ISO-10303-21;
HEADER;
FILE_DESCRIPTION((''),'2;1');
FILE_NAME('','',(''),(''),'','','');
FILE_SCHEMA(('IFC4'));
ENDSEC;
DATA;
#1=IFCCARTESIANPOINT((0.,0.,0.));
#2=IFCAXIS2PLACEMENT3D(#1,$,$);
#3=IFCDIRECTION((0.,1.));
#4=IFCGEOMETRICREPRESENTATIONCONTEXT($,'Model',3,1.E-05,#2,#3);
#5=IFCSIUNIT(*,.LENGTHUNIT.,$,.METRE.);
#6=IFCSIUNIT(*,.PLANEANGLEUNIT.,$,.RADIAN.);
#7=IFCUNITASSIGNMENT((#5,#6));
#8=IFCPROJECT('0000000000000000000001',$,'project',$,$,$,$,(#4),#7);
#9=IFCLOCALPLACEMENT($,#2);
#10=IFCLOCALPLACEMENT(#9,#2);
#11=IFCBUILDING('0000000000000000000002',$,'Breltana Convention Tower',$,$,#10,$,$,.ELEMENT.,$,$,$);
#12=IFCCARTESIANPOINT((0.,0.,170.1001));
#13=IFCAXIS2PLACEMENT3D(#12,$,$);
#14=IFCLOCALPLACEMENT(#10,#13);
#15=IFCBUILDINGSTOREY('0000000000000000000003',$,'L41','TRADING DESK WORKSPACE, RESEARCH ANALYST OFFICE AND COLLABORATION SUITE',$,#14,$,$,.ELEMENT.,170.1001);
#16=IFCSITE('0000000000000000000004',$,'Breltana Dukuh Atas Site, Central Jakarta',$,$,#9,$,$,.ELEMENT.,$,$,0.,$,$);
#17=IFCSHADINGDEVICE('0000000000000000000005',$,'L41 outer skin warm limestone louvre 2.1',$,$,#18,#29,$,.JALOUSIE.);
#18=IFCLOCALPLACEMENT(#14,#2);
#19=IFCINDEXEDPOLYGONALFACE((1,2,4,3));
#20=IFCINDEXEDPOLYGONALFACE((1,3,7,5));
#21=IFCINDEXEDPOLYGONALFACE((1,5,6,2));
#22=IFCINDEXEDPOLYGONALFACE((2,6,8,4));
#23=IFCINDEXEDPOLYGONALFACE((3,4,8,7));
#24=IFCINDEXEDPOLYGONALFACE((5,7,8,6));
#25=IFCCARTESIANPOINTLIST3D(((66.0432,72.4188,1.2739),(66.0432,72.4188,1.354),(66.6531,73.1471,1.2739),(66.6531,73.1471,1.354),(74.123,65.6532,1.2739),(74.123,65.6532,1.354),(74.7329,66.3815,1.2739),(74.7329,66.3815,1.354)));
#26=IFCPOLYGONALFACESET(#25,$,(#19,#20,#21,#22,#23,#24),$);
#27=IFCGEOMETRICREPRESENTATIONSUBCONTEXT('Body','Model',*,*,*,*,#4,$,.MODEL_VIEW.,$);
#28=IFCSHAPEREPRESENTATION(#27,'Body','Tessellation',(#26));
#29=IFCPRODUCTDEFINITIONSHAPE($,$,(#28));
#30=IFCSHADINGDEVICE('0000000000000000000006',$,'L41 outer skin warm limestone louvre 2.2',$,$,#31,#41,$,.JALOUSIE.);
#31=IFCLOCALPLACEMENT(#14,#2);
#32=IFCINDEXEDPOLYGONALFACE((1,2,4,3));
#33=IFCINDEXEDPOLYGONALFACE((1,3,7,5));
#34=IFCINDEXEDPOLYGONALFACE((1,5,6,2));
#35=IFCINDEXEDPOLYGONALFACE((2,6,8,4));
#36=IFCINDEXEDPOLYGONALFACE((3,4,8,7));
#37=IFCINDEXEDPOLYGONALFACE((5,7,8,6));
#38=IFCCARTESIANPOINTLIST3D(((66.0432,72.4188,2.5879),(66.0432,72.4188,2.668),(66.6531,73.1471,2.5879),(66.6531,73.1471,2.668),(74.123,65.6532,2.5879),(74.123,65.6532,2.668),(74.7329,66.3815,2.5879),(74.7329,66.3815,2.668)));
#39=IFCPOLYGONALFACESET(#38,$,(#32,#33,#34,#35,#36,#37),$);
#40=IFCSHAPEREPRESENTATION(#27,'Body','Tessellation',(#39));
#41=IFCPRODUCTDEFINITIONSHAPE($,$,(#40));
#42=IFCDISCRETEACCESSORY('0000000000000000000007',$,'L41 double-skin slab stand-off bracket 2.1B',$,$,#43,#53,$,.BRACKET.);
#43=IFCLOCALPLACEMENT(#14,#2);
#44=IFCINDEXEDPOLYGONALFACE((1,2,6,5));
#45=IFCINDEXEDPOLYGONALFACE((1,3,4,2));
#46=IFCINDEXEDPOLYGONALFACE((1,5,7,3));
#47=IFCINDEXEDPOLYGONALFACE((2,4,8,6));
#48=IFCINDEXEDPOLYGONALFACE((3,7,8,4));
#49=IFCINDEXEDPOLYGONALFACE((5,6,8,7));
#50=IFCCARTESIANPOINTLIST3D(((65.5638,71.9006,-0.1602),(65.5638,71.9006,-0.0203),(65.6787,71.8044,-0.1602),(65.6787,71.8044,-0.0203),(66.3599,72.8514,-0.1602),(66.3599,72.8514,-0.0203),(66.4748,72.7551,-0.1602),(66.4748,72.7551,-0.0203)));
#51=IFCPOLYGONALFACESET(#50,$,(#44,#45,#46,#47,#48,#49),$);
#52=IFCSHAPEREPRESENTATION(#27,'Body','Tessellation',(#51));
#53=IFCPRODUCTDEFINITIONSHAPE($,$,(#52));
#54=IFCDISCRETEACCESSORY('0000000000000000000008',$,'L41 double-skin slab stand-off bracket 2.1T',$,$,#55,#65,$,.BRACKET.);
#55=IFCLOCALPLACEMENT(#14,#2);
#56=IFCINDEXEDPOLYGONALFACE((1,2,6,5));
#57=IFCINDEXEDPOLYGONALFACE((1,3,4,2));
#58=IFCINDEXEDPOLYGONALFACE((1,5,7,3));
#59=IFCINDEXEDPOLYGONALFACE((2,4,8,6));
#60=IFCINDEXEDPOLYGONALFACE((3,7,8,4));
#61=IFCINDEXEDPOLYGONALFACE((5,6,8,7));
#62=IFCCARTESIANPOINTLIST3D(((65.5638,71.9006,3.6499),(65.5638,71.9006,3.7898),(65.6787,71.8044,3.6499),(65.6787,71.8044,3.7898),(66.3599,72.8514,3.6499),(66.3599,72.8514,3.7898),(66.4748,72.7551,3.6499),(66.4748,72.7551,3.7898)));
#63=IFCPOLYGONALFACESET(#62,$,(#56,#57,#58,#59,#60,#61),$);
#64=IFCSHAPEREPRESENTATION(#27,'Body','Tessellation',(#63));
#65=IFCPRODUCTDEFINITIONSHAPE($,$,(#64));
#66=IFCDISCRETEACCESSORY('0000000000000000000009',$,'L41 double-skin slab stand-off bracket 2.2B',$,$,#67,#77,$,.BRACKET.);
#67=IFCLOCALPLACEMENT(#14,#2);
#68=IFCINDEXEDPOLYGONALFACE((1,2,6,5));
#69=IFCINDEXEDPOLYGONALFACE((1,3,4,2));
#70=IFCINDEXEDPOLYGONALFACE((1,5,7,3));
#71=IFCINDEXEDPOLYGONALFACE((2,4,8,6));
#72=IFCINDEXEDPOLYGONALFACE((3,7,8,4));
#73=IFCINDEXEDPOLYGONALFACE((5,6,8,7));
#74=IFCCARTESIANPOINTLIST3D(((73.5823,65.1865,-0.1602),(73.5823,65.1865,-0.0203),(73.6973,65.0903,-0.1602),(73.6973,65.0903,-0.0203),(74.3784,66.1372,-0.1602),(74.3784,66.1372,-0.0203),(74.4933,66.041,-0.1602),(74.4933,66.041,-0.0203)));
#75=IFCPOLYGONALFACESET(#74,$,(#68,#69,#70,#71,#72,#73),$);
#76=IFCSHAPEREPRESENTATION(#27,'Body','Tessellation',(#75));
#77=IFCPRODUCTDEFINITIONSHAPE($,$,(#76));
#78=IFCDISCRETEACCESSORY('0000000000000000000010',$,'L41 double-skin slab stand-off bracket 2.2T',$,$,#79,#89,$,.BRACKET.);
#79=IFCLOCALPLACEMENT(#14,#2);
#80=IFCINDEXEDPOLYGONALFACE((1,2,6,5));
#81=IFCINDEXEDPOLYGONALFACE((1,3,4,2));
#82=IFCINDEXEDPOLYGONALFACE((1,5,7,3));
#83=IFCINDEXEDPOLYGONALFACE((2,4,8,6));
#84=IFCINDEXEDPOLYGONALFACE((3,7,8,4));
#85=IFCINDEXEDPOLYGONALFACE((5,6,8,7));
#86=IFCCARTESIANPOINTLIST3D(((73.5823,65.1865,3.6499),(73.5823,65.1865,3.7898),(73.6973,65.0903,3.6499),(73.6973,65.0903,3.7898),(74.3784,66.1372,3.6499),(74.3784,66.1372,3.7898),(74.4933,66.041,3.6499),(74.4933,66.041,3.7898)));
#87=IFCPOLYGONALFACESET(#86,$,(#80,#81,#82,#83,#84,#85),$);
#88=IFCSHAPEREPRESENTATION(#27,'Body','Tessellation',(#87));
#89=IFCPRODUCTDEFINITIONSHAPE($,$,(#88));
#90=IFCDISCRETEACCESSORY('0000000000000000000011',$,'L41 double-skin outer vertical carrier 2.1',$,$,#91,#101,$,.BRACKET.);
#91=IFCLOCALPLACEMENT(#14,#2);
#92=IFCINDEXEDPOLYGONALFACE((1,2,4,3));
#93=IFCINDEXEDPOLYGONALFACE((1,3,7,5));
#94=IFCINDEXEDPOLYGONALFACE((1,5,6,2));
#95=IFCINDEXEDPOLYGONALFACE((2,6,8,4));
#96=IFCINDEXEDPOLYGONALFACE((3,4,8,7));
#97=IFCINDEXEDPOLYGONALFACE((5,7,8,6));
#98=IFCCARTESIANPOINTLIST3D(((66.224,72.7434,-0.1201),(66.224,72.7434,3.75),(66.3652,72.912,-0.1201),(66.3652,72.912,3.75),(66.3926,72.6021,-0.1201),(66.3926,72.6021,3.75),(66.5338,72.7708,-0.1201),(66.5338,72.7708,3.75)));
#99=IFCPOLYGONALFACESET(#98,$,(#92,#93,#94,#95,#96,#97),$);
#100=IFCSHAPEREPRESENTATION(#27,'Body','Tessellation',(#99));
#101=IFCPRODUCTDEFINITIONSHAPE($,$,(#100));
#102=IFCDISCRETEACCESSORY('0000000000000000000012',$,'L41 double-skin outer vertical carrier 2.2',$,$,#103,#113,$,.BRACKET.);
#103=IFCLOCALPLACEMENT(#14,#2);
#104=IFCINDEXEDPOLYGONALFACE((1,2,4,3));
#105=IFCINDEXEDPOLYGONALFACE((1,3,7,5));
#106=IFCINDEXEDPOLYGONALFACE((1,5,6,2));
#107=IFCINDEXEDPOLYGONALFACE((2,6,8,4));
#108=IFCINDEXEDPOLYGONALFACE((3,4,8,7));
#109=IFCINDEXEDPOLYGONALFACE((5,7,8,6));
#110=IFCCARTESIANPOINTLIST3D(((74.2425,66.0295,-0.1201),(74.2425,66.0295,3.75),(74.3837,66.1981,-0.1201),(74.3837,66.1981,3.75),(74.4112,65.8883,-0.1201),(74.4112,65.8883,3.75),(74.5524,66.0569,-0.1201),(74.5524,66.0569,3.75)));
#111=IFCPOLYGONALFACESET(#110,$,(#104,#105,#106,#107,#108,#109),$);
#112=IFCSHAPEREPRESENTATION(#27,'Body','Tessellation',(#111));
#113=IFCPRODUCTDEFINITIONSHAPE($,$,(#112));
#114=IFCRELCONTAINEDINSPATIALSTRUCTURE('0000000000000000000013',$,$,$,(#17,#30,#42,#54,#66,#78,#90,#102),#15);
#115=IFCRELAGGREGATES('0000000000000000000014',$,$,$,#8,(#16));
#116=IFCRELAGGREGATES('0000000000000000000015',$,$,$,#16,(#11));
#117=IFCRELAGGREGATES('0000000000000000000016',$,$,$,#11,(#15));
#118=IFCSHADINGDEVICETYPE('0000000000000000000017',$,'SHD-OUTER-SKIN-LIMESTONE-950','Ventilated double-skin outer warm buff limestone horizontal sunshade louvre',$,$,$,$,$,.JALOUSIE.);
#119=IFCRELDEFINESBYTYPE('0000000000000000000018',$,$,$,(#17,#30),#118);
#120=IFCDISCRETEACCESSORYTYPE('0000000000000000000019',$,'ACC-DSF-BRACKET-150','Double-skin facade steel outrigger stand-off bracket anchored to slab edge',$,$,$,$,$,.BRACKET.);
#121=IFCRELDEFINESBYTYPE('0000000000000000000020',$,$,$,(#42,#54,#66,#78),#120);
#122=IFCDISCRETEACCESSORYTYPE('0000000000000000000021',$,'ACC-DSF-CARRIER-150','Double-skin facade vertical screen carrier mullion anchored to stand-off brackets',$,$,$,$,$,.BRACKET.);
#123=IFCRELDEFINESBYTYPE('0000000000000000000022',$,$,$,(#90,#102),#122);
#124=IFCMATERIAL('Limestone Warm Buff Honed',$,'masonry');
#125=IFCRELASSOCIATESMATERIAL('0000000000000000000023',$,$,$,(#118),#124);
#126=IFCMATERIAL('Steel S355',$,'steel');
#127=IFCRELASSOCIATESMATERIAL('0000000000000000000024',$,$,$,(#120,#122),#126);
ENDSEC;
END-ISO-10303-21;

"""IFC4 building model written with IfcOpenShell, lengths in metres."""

from ifc_helpers import new_model, si_unit, direction, frame, origin, origin_2d, place, context, subcontext, project, spatial, rectangle, extrude, source, transform, mapped, material, material_profile, profile_set, type_object, type_shapes, element, save


model = new_model("IFC4")

# Units and contexts
model_context = context("Model", 3, precision=1e-05, world=origin(), true_north=direction((0.0, 1.0)))
body_context = subcontext(model_context, "Body", "Model", "MODEL_VIEW")
ifc_project = project(units=[si_unit("LENGTHUNIT", "METRE"), si_unit("PLANEANGLEUNIT", "RADIAN")], contexts=[model_context])

# Site, building, storey
site_placement = place(None, origin())
site = spatial("IfcSite", under=ifc_project, at=site_placement, Name="Breltana Dukuh Atas Site, Central Jakarta", CompositionType="ELEMENT", RefElevation=0.0)
building_placement = place(site_placement, origin())
building = spatial("IfcBuilding", under=site, at=building_placement, Name="Breltana Convention Tower", CompositionType="ELEMENT")
storey_placement = place(building_placement, frame((0.0, 0.0, 170.1001)))
storey = spatial("IfcBuildingStorey", under=building, at=storey_placement, Name="L41", Description="TRADING DESK WORKSPACE, RESEARCH ANALYST OFFICE AND COLLABORATION SUITE", CompositionType="ELEMENT", Elevation=170.1001)

# Shading devices
ifc_material_1 = material(Name="Limestone Warm Buff Honed", Category="masonry")
ifc_material_profile_1 = material_profile(ifc_material_1, rectangle(XDim=0.95, YDim=0.0801, at=origin_2d()), Name="STN-LVR-950X80")
ifc_profile_set_1 = profile_set([ifc_material_profile_1], Name="Limestone Warm Buff Honed")
shading_device_type = type_object("IfcShadingDeviceType", Name="SHD-OUTER-SKIN-LIMESTONE-950", Description="Ventilated double-skin outer warm buff limestone horizontal sunshade louvre", PredefinedType="JALOUSIE", material=ifc_profile_set_1)
shared_shape_1 = source(origin(), body_context, "Body", "SweptSolid", [
    extrude(rectangle(XDim=0.95, YDim=0.0801, at=origin_2d()), origin(), (0.0, 0.0, 1.0), 10.5383),
])
for number, where, z_axis, x_axis, name in (
    (1, (66.3481, 72.783, 1.314), (0.766706, -0.641999, 0.0), (0.641999, 0.766706, 0.0), "L41 outer skin warm limestone louvre 2.1"),
    (2, (66.3481, 72.783, 2.6279), (0.766706, -0.641999, 0.0), (0.641999, 0.766706, 0.0), "L41 outer skin warm limestone louvre 2.2"),
):
    element("IfcShadingDevice", number, at=place(storey_placement, frame(where, z_axis=z_axis, x_axis=x_axis)), inside=storey, type_object=shading_device_type, Name=name, PredefinedType="JALOUSIE", context=body_context, shape_type="MappedRepresentation", body=[
        mapped(shared_shape_1, transform((0.0, 0.0, 0.0), scale=1.0)),
    ])

# Discrete accessories
ifc_material_2 = material(Name="Steel S355", Category="steel")
discrete_accessory_type_1 = type_object("IfcDiscreteAccessoryType", Name="ACC-DSF-BRACKET-150", Description="Double-skin facade steel outrigger stand-off bracket anchored to slab edge", PredefinedType="BRACKET", material=ifc_material_2)
shared_shape_2 = source(origin(), body_context, "Body", "SweptSolid", [
    extrude(rectangle(XDim=1.24, YDim=0.1499, at=origin_2d()), origin(), (0.0, 0.0, 1.0), 0.1399),
])
type_shapes(discrete_accessory_type_1, [shared_shape_2])
for number, where, z_axis, x_axis, name in (
    (3, (66.0193, 72.3279, -0.1602), (0.0, 0.0, 1.0), (0.641989, 0.766714, 0.0), "L41 double-skin slab stand-off bracket 2.1B"),
    (4, (66.0193, 72.3279, 3.6499), (0.0, 0.0, 1.0), (0.641989, 0.766714, 0.0), "L41 double-skin slab stand-off bracket 2.1T"),
    (5, (74.0378, 65.6138, -0.1602), (0.0, 0.0, 1.0), (0.641989, 0.766714, 0.0), "L41 double-skin slab stand-off bracket 2.2B"),
    (6, (74.0378, 65.6138, 3.6499), (0.0, 0.0, 1.0), (0.641989, 0.766714, 0.0), "L41 double-skin slab stand-off bracket 2.2T"),
):
    element("IfcDiscreteAccessory", number, at=place(storey_placement, frame(where, z_axis=z_axis, x_axis=x_axis)), inside=storey, type_object=discrete_accessory_type_1, Name=name, PredefinedType="BRACKET", context=body_context, shape_type="MappedRepresentation", body=[
        mapped(shared_shape_2, transform((0.0, 0.0, 0.0), scale=1.0)),
    ])
discrete_accessory_type_2 = type_object("IfcDiscreteAccessoryType", Name="ACC-DSF-CARRIER-150", Description="Double-skin facade vertical screen carrier mullion anchored to stand-off brackets", PredefinedType="BRACKET", material=ifc_material_2)
shared_shape_3 = source(origin(), body_context, "Body", "SweptSolid", [
    extrude(rectangle(XDim=0.22, YDim=0.22, at=origin_2d()), origin(), (0.0, 0.0, 1.0), 3.8701),
])
for number, where, z_axis, x_axis, name in (
    (7, (66.3789, 72.7571, -0.1201), (0.0, 0.0, 1.0), (0.641989, 0.766714, 0.0), "L41 double-skin outer vertical carrier 2.1"),
    (8, (74.3975, 66.0432, -0.1201), (0.0, 0.0, 1.0), (0.641989, 0.766714, 0.0), "L41 double-skin outer vertical carrier 2.2"),
):
    element("IfcDiscreteAccessory", number, at=place(storey_placement, frame(where, z_axis=z_axis, x_axis=x_axis)), inside=storey, type_object=discrete_accessory_type_2, Name=name, PredefinedType="BRACKET", context=body_context, shape_type="MappedRepresentation", body=[
        mapped(shared_shape_3, transform((0.0, 0.0, 0.0), scale=1.0)),
    ])

save(model, "model.ifc")
